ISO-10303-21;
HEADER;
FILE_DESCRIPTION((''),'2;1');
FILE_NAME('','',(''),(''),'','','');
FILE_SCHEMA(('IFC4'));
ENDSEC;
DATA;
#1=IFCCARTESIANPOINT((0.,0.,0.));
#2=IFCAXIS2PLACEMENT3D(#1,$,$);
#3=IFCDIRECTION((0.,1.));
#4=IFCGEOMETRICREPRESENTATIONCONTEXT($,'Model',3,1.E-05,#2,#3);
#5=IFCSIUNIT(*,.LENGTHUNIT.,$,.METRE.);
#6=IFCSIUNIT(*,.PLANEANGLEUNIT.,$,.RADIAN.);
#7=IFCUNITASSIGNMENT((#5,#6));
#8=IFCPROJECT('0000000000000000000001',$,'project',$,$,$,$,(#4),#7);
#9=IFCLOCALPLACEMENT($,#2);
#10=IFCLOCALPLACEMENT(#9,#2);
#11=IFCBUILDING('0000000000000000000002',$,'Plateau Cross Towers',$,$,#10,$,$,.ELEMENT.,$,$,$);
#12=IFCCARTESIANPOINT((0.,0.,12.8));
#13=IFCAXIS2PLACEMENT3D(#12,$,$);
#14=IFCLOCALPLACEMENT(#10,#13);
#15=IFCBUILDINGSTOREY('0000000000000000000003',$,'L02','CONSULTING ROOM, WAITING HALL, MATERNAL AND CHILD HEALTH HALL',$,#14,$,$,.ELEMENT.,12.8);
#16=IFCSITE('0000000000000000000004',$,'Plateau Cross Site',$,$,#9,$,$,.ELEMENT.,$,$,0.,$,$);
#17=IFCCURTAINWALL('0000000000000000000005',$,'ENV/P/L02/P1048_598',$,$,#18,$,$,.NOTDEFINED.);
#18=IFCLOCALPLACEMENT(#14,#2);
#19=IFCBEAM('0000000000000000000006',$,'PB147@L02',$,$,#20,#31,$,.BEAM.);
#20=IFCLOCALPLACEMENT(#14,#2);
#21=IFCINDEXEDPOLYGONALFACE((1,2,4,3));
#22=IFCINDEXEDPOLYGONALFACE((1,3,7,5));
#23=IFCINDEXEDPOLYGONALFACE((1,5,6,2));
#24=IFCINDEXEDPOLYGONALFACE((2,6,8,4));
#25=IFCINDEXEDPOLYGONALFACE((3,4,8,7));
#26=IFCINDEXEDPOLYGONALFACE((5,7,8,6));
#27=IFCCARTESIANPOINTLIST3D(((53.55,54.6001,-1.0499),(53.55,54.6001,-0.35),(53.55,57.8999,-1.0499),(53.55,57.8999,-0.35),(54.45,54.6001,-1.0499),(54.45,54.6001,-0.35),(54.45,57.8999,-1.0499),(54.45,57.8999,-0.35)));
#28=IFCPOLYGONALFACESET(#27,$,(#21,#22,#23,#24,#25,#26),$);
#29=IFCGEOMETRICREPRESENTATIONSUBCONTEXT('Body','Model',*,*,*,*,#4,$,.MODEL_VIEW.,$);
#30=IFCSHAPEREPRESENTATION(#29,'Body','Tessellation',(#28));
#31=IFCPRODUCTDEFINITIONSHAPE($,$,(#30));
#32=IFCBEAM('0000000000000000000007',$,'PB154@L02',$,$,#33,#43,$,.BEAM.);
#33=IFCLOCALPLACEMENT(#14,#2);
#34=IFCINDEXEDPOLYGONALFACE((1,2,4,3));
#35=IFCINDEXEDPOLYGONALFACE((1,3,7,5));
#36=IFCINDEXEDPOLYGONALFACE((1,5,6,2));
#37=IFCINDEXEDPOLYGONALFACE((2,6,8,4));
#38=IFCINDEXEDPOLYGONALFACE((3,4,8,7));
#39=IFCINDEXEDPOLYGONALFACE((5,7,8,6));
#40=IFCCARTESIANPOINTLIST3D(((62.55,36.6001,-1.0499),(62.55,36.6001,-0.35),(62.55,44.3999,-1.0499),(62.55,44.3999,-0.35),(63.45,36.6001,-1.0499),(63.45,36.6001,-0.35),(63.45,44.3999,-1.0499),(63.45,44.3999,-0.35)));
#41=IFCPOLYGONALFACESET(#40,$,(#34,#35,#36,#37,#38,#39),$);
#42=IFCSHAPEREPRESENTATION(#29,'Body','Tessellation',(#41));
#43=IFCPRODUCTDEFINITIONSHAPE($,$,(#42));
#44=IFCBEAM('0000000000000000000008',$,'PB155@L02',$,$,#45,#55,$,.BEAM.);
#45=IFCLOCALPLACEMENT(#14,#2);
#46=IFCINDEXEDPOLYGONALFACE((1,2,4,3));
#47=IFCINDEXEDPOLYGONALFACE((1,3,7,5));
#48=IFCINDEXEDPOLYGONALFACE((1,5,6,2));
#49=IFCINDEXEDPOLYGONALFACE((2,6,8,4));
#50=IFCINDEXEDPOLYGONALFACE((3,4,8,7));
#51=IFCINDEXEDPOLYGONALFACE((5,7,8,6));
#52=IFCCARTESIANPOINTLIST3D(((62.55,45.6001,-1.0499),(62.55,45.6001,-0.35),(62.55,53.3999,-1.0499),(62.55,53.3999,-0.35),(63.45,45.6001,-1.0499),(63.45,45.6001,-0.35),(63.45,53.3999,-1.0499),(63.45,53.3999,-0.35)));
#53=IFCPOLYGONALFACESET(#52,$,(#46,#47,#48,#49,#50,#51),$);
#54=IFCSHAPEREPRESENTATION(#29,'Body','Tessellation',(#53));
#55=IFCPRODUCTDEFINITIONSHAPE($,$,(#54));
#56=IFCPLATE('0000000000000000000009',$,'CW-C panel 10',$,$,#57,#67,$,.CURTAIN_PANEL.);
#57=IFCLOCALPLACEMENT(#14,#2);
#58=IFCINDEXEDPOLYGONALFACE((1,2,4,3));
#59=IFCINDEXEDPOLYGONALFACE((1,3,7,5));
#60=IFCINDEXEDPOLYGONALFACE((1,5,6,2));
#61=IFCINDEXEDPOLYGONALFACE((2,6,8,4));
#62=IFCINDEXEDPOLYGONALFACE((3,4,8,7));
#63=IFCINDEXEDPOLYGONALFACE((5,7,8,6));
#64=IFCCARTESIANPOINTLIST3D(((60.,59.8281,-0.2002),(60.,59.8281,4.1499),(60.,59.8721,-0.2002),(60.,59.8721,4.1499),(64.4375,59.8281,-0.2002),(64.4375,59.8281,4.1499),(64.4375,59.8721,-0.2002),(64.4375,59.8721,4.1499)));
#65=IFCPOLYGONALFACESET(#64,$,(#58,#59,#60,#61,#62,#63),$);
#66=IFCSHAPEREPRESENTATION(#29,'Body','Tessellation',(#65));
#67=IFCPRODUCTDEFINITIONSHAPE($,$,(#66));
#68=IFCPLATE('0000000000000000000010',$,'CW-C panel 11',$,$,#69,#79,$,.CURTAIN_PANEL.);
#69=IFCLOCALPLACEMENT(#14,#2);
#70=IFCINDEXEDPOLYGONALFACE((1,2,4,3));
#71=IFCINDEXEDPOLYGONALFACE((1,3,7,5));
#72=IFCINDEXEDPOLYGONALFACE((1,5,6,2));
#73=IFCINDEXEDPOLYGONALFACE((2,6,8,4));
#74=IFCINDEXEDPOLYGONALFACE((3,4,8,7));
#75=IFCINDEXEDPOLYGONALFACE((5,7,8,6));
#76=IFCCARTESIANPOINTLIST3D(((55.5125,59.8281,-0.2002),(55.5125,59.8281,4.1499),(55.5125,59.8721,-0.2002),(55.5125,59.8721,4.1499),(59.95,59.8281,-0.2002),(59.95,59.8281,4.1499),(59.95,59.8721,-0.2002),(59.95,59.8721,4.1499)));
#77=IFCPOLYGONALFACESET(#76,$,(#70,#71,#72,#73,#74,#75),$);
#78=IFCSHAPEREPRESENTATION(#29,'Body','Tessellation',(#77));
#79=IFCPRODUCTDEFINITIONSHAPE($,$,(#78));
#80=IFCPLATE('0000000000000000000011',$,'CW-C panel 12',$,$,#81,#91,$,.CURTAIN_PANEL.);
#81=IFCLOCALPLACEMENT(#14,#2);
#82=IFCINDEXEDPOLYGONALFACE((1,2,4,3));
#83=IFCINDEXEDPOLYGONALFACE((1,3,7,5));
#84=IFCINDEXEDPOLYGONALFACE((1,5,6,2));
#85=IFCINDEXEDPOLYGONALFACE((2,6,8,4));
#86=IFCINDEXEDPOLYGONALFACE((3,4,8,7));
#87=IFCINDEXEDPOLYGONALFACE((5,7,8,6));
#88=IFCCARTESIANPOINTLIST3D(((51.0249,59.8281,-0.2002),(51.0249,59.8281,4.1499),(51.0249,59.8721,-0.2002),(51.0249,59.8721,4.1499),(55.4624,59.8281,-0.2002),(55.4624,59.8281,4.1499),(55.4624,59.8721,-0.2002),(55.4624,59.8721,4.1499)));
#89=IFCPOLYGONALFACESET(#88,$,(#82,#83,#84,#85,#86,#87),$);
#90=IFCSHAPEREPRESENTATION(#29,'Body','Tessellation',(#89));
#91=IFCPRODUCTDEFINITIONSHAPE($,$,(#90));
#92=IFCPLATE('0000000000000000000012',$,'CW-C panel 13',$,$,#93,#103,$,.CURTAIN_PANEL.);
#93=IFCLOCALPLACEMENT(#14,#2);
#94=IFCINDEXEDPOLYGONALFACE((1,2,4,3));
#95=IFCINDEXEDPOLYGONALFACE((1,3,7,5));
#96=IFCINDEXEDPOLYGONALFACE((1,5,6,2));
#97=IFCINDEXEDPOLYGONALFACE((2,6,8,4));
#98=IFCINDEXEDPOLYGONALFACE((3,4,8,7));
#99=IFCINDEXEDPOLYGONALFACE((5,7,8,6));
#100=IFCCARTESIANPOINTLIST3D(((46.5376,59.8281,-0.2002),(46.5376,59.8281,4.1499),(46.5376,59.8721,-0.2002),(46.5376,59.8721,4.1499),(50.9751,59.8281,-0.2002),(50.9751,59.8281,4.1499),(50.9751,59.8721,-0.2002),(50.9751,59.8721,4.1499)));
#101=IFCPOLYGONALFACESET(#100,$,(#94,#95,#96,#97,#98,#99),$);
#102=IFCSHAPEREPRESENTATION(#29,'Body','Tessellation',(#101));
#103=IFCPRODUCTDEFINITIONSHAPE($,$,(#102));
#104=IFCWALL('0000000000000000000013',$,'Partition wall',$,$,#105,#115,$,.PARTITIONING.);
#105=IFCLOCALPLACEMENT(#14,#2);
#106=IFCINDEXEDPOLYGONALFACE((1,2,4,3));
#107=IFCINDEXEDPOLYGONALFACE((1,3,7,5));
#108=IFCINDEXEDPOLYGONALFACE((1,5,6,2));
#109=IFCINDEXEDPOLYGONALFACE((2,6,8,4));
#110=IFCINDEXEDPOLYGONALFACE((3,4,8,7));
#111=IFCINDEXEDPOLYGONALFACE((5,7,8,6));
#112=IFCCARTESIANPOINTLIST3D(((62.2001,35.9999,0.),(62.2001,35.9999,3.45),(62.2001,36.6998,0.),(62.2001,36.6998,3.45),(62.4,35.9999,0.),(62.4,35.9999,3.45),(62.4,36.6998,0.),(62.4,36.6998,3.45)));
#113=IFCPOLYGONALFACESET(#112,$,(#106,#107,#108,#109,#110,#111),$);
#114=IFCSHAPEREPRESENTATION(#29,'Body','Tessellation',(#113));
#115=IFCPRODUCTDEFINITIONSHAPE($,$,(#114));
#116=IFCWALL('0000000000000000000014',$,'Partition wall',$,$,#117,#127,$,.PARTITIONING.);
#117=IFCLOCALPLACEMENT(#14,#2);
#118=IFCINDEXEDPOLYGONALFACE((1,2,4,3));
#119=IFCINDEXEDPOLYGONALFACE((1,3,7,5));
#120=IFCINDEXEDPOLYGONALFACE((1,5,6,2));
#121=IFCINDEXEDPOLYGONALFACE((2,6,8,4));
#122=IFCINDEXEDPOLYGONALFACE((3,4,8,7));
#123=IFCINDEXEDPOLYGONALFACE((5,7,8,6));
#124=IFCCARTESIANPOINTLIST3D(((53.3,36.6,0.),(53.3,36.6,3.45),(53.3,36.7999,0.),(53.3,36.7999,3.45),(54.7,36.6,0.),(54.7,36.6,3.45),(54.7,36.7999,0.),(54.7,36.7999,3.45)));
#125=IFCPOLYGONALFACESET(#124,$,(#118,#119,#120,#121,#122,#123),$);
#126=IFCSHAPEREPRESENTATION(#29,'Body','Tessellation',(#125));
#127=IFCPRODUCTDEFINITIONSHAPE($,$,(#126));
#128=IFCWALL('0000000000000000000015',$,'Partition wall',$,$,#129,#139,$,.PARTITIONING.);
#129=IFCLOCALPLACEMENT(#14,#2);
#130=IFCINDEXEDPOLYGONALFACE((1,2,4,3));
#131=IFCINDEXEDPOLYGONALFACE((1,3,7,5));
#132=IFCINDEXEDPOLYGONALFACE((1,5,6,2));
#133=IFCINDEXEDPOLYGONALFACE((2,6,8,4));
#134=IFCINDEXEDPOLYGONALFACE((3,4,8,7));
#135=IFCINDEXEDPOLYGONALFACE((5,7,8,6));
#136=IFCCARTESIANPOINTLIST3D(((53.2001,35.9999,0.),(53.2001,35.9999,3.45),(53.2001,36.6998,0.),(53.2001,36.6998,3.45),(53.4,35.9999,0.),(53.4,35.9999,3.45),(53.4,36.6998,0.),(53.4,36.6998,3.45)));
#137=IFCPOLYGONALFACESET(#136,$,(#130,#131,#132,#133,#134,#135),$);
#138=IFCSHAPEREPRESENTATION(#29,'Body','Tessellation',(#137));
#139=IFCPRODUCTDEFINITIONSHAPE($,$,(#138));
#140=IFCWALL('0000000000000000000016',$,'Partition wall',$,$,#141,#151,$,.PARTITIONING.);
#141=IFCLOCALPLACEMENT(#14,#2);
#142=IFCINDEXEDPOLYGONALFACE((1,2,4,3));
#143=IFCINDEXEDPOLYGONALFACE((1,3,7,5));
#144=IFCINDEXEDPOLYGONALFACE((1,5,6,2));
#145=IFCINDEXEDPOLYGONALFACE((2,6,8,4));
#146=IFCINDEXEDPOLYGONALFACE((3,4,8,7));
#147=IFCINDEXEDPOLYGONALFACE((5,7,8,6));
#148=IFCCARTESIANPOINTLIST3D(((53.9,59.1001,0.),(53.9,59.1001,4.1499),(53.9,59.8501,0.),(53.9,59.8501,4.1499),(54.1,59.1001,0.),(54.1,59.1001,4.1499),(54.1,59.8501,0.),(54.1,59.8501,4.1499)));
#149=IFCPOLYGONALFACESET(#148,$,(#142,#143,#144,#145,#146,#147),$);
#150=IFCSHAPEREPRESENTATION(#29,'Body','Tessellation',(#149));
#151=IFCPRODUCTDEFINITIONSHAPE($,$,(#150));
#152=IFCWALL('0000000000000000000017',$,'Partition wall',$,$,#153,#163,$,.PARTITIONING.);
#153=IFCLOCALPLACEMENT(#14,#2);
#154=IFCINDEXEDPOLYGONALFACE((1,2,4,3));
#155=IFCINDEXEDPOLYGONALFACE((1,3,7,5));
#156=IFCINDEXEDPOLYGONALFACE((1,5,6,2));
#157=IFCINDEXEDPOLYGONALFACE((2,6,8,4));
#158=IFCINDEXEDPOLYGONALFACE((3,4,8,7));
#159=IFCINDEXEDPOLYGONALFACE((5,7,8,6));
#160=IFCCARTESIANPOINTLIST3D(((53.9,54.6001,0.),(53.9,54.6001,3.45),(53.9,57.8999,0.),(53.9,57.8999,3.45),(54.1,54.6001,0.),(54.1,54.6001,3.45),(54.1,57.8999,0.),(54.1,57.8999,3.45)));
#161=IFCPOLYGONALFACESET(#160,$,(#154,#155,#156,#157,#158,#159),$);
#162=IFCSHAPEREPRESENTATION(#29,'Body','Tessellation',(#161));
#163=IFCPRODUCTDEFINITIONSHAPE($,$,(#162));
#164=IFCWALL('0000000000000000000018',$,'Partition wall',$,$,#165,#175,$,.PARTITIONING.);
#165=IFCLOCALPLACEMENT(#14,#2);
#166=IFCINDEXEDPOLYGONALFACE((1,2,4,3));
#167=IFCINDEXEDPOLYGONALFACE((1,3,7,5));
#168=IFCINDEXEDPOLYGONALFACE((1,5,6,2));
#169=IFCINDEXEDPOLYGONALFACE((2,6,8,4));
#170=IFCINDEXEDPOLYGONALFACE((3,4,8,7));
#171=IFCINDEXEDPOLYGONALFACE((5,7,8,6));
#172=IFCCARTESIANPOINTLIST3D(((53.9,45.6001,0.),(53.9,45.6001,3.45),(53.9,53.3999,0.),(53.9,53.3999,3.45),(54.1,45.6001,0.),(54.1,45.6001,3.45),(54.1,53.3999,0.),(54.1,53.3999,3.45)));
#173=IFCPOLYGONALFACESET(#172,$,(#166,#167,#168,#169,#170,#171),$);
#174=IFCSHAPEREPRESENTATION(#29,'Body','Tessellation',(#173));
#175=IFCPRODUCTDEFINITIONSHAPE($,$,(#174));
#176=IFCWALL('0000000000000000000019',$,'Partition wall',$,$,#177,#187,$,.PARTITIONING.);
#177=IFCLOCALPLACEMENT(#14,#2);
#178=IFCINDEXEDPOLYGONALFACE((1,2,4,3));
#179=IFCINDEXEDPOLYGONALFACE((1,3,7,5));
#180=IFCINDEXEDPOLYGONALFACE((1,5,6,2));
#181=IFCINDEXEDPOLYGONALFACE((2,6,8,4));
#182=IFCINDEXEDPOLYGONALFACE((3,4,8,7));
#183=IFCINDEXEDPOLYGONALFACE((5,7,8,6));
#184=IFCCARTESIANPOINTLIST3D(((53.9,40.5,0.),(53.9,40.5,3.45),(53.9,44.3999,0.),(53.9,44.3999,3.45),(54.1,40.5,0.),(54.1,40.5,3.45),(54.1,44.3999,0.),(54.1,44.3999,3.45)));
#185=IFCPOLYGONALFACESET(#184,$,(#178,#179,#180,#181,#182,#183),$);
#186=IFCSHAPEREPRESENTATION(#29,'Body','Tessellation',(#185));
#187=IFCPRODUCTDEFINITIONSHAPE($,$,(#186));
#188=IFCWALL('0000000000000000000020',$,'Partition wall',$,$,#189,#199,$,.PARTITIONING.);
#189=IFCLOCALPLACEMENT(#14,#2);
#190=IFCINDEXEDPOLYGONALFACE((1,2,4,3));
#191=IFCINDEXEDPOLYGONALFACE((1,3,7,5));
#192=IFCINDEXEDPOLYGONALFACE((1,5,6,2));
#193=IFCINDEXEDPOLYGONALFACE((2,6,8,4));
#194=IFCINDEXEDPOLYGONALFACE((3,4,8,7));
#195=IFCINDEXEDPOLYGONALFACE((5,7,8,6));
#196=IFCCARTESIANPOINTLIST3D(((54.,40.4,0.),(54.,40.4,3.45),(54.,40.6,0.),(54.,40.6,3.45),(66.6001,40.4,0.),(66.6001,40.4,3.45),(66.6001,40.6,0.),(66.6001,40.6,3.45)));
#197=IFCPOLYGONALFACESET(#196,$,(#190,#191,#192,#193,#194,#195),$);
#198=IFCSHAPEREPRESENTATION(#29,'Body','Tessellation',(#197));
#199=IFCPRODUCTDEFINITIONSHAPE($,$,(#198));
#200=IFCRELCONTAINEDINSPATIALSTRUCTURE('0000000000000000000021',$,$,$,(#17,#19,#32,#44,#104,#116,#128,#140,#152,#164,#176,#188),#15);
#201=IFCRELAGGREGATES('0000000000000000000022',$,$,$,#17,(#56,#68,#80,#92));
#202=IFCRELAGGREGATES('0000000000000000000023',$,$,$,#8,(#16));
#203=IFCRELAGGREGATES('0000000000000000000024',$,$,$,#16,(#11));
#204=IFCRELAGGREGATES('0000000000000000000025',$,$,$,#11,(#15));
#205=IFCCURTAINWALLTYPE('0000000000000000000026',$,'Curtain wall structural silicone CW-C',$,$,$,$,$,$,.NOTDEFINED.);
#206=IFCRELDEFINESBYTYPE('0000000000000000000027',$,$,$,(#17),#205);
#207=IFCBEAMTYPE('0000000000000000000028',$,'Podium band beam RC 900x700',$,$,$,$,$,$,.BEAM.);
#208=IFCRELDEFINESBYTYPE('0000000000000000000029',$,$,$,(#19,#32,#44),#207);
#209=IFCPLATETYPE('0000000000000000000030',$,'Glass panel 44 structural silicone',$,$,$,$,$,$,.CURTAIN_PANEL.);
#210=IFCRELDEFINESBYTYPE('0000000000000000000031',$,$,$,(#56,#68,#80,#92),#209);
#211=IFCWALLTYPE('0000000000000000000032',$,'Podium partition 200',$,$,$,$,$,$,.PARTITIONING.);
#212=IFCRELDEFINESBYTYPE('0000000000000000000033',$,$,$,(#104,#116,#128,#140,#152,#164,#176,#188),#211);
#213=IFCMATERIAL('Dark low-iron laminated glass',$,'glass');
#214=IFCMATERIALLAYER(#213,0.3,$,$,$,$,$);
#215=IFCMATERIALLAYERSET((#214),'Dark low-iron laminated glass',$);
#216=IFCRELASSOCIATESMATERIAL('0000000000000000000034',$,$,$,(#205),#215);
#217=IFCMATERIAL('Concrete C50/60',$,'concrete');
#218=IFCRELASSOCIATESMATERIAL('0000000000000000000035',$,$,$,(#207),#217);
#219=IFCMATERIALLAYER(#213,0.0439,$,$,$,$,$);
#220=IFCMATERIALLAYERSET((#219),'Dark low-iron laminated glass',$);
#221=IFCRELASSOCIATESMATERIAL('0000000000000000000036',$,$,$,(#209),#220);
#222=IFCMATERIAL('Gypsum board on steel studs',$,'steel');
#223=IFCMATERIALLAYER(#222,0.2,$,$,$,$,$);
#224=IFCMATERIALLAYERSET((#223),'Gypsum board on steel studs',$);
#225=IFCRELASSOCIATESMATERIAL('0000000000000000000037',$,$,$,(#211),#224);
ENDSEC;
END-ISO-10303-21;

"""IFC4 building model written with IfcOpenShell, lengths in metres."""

from ifc_helpers import new_model, si_unit, direction, frame, frame_2d, origin, origin_2d, place, context, subcontext, project, spatial, rectangle, extrude, material, layer, layer_set, material_profile, profile_set, type_object, element, aggregate, save


model = new_model("IFC4")

# Units and contexts
model_context = context("Model", 3, precision=1e-05, world=origin(), true_north=direction((0.0, 1.0)))
body_context = subcontext(model_context, "Body", "Model", "MODEL_VIEW")
ifc_project = project(units=[si_unit("LENGTHUNIT", "METRE"), si_unit("PLANEANGLEUNIT", "RADIAN")], contexts=[model_context])

# Site, building, storey
site_placement = place(None, origin())
site = spatial("IfcSite", under=ifc_project, at=site_placement, Name="Plateau Cross Site", CompositionType="ELEMENT", RefElevation=0.0)
building_placement = place(site_placement, origin())
building = spatial("IfcBuilding", under=site, at=building_placement, Name="Plateau Cross Towers", CompositionType="ELEMENT")
storey_placement = place(building_placement, frame((0.0, 0.0, 12.8)))
storey = spatial("IfcBuildingStorey", under=building, at=storey_placement, Name="L02", Description="CONSULTING ROOM, WAITING HALL, MATERNAL AND CHILD HEALTH HALL", CompositionType="ELEMENT", Elevation=12.8)

# Curtain wall
ifc_material_1 = material(Name="Dark low-iron laminated glass", Category="glass")
ifc_layer_1 = layer(ifc_material_1, 0.3)
ifc_layer_set_1 = layer_set([ifc_layer_1], Name="Dark low-iron laminated glass")
curtain_wall_type = type_object("IfcCurtainWallType", Name="Curtain wall structural silicone CW-C", PredefinedType="NOTDEFINED", material=ifc_layer_set_1)
curtain_wall_placement = place(storey_placement, origin())
curtain_wall = element("IfcCurtainWall", 1, at=curtain_wall_placement, inside=storey, type_object=curtain_wall_type, Name="ENV/P/L02/P1048_598", PredefinedType="NOTDEFINED")

# Beams
ifc_material_2 = material(Name="Concrete C50/60", Category="concrete")
ifc_material_profile_1 = material_profile(ifc_material_2, rectangle(XDim=0.8999, YDim=0.7, at=origin_2d()), Name="RC 900x700")
ifc_profile_set_1 = profile_set([ifc_material_profile_1], Name="Concrete C50/60")
beam_type = type_object("IfcBeamType", Name="Podium band beam RC 900x700", PredefinedType="BEAM", material=ifc_profile_set_1)
beam_placement = place(storey_placement, frame((54.0, 54.6001, -0.7), z_axis=(0.0, 1.0, 0.0), x_axis=(-1.0, 0.0, 0.0)))
element("IfcBeam", 2, at=beam_placement, inside=storey, type_object=beam_type, Name="PB147@L02", PredefinedType="BEAM", context=body_context, shape_type="SweptSolid", body=[
    extrude(rectangle(XDim=0.8999, YDim=0.7, at=origin_2d()), origin(), (0.0, 0.0, 1.0), 3.2998),
])
for number, where, z_axis, x_axis, name in (
    (3, (63.0, 36.6001, -0.7), (0.0, 1.0, 0.0), (-1.0, 0.0, 0.0), "PB154@L02"),
    (4, (63.0, 45.6001, -0.7), (0.0, 1.0, 0.0), (-1.0, 0.0, 0.0), "PB155@L02"),
):
    element("IfcBeam", number, at=place(storey_placement, frame(where, z_axis=z_axis, x_axis=x_axis)), inside=storey, type_object=beam_type, Name=name, PredefinedType="BEAM", context=body_context, shape_type="SweptSolid", body=[
        extrude(rectangle(XDim=0.8999, YDim=0.7, at=origin_2d()), origin(), (0.0, 0.0, 1.0), 7.7998),
    ])

# Plates
ifc_layer_2 = layer(ifc_material_1, 0.0439)
ifc_layer_set_2 = layer_set([ifc_layer_2], Name="Dark low-iron laminated glass")
plate_type = type_object("IfcPlateType", Name="Glass panel 44 structural silicone", PredefinedType="CURTAIN_PANEL", material=ifc_layer_set_2)
plate_1_placement = place(storey_placement, frame((62.2188, 59.8501, -0.2002), z_axis=(0.0, 0.0, 1.0), x_axis=(-1.0, 0.0, 0.0)))
plate_1 = element("IfcPlate", 5, at=plate_1_placement, type_object=plate_type, Name="CW-C panel 10", PredefinedType="CURTAIN_PANEL", context=body_context, shape_type="SweptSolid", body=[
    extrude(rectangle(XDim=4.4375, YDim=0.0439, at=origin_2d()), origin(), (0.0, 0.0, 1.0), 4.3501),
])
plate_2_placement = place(storey_placement, frame((57.7312, 59.8501, -0.2002), z_axis=(0.0, 0.0, 1.0), x_axis=(-1.0, 0.0, 0.0)))
plate_2 = element("IfcPlate", 6, at=plate_2_placement, type_object=plate_type, Name="CW-C panel 11", PredefinedType="CURTAIN_PANEL", context=body_context, shape_type="SweptSolid", body=[
    extrude(rectangle(XDim=4.4375, YDim=0.0439, at=origin_2d()), origin(), (0.0, 0.0, 1.0), 4.3501),
])
plate_3_placement = place(storey_placement, frame((53.2437, 59.8501, -0.2002), z_axis=(0.0, 0.0, 1.0), x_axis=(-1.0, 0.0, 0.0)))
plate_3 = element("IfcPlate", 7, at=plate_3_placement, type_object=plate_type, Name="CW-C panel 12", PredefinedType="CURTAIN_PANEL", context=body_context, shape_type="SweptSolid", body=[
    extrude(rectangle(XDim=4.4375, YDim=0.0439, at=origin_2d()), origin(), (0.0, 0.0, 1.0), 4.3501),
])
plate_4_placement = place(storey_placement, frame((48.7563, 59.8501, -0.2002), z_axis=(0.0, 0.0, 1.0), x_axis=(-1.0, 0.0, 0.0)))
plate_4 = element("IfcPlate", 8, at=plate_4_placement, type_object=plate_type, Name="CW-C panel 13", PredefinedType="CURTAIN_PANEL", context=body_context, shape_type="SweptSolid", body=[
    extrude(rectangle(XDim=4.4375, YDim=0.0439, at=origin_2d()), origin(), (0.0, 0.0, 1.0), 4.3501),
])
aggregate(curtain_wall, [plate_1, plate_2, plate_3, plate_4])

# Walls
ifc_material_3 = material(Name="Gypsum board on steel studs", Category="steel")
ifc_layer_3 = layer(ifc_material_3, 0.2)
ifc_layer_set_3 = layer_set([ifc_layer_3], Name="Gypsum board on steel studs")
wall_type = type_object("IfcWallType", Name="Podium partition 200", PredefinedType="PARTITIONING", material=ifc_layer_set_3)
wall_1_placement = place(storey_placement, frame((62.3, 36.7, 0.0), z_axis=(0.0, 0.0, 1.0), x_axis=(0.0, -1.0, 0.0)))
element("IfcWall", 9, at=wall_1_placement, inside=storey, type_object=wall_type, Name="Partition wall", PredefinedType="PARTITIONING", context=body_context, shape_type="SweptSolid", body=[
    extrude(rectangle(XDim=0.7, YDim=0.2, at=frame_2d((0.3501, 0.0))), origin(), (0.0, 0.0, 1.0), 3.45),
])
wall_2_placement = place(storey_placement, frame((54.7, 36.7, 0.0), z_axis=(0.0, 0.0, 1.0), x_axis=(-1.0, 0.0, 0.0)))
element("IfcWall", 10, at=wall_2_placement, inside=storey, type_object=wall_type, Name="Partition wall", PredefinedType="PARTITIONING", context=body_context, shape_type="SweptSolid", body=[
    extrude(rectangle(XDim=1.3999, YDim=0.2, at=frame_2d((0.7, 0.0))), origin(), (0.0, 0.0, 1.0), 3.45),
])
wall_3_placement = place(storey_placement, frame((53.3, 36.7, 0.0), z_axis=(0.0, 0.0, 1.0), x_axis=(0.0, -1.0, 0.0)))
element("IfcWall", 11, at=wall_3_placement, inside=storey, type_object=wall_type, Name="Partition wall", PredefinedType="PARTITIONING", context=body_context, shape_type="SweptSolid", body=[
    extrude(rectangle(XDim=0.7, YDim=0.2, at=frame_2d((0.3501, 0.0))), origin(), (0.0, 0.0, 1.0), 3.45),
])
wall_4_placement = place(storey_placement, frame((54.0, 59.8501, 0.0), z_axis=(0.0, 0.0, 1.0), x_axis=(0.0, -1.0, 0.0)))
element("IfcWall", 12, at=wall_4_placement, inside=storey, type_object=wall_type, Name="Partition wall", PredefinedType="PARTITIONING", context=body_context, shape_type="SweptSolid", body=[
    extrude(rectangle(XDim=0.75, YDim=0.2, at=frame_2d((0.375, 0.0))), origin(), (0.0, 0.0, 1.0), 4.1499),
])
wall_5_placement = place(storey_placement, frame((54.0, 57.8999, 0.0), z_axis=(0.0, 0.0, 1.0), x_axis=(0.0, -1.0, 0.0)))
element("IfcWall", 13, at=wall_5_placement, inside=storey, type_object=wall_type, Name="Partition wall", PredefinedType="PARTITIONING", context=body_context, shape_type="SweptSolid", body=[
    extrude(rectangle(XDim=3.2998, YDim=0.2, at=frame_2d((1.6499, 0.0))), origin(), (0.0, 0.0, 1.0), 3.45),
])
wall_6_placement = place(storey_placement, frame((54.0, 53.3999, 0.0), z_axis=(0.0, 0.0, 1.0), x_axis=(0.0, -1.0, 0.0)))
element("IfcWall", 14, at=wall_6_placement, inside=storey, type_object=wall_type, Name="Partition wall", PredefinedType="PARTITIONING", context=body_context, shape_type="SweptSolid", body=[
    extrude(rectangle(XDim=7.7998, YDim=0.2, at=frame_2d((3.8999, 0.0))), origin(), (0.0, 0.0, 1.0), 3.45),
])
wall_7_placement = place(storey_placement, frame((54.0, 44.3999, 0.0), z_axis=(0.0, 0.0, 1.0), x_axis=(0.0, -1.0, 0.0)))
element("IfcWall", 15, at=wall_7_placement, inside=storey, type_object=wall_type, Name="Partition wall", PredefinedType="PARTITIONING", context=body_context, shape_type="SweptSolid", body=[
    extrude(rectangle(XDim=3.8999, YDim=0.2, at=frame_2d((1.95, 0.0))), origin(), (0.0, 0.0, 1.0), 3.45),
])
wall_8_placement = place(storey_placement, frame((54.0, 40.5, 0.0), z_axis=(0.0, 0.0, 1.0), x_axis=(1.0, 0.0, 0.0)))
element("IfcWall", 16, at=wall_8_placement, inside=storey, type_object=wall_type, Name="Partition wall", PredefinedType="PARTITIONING", context=body_context, shape_type="SweptSolid", body=[
    extrude(rectangle(XDim=12.6001, YDim=0.2, at=frame_2d((6.3, 0.0))), origin(), (0.0, 0.0, 1.0), 3.45),
])

save(model, "model.ifc")
